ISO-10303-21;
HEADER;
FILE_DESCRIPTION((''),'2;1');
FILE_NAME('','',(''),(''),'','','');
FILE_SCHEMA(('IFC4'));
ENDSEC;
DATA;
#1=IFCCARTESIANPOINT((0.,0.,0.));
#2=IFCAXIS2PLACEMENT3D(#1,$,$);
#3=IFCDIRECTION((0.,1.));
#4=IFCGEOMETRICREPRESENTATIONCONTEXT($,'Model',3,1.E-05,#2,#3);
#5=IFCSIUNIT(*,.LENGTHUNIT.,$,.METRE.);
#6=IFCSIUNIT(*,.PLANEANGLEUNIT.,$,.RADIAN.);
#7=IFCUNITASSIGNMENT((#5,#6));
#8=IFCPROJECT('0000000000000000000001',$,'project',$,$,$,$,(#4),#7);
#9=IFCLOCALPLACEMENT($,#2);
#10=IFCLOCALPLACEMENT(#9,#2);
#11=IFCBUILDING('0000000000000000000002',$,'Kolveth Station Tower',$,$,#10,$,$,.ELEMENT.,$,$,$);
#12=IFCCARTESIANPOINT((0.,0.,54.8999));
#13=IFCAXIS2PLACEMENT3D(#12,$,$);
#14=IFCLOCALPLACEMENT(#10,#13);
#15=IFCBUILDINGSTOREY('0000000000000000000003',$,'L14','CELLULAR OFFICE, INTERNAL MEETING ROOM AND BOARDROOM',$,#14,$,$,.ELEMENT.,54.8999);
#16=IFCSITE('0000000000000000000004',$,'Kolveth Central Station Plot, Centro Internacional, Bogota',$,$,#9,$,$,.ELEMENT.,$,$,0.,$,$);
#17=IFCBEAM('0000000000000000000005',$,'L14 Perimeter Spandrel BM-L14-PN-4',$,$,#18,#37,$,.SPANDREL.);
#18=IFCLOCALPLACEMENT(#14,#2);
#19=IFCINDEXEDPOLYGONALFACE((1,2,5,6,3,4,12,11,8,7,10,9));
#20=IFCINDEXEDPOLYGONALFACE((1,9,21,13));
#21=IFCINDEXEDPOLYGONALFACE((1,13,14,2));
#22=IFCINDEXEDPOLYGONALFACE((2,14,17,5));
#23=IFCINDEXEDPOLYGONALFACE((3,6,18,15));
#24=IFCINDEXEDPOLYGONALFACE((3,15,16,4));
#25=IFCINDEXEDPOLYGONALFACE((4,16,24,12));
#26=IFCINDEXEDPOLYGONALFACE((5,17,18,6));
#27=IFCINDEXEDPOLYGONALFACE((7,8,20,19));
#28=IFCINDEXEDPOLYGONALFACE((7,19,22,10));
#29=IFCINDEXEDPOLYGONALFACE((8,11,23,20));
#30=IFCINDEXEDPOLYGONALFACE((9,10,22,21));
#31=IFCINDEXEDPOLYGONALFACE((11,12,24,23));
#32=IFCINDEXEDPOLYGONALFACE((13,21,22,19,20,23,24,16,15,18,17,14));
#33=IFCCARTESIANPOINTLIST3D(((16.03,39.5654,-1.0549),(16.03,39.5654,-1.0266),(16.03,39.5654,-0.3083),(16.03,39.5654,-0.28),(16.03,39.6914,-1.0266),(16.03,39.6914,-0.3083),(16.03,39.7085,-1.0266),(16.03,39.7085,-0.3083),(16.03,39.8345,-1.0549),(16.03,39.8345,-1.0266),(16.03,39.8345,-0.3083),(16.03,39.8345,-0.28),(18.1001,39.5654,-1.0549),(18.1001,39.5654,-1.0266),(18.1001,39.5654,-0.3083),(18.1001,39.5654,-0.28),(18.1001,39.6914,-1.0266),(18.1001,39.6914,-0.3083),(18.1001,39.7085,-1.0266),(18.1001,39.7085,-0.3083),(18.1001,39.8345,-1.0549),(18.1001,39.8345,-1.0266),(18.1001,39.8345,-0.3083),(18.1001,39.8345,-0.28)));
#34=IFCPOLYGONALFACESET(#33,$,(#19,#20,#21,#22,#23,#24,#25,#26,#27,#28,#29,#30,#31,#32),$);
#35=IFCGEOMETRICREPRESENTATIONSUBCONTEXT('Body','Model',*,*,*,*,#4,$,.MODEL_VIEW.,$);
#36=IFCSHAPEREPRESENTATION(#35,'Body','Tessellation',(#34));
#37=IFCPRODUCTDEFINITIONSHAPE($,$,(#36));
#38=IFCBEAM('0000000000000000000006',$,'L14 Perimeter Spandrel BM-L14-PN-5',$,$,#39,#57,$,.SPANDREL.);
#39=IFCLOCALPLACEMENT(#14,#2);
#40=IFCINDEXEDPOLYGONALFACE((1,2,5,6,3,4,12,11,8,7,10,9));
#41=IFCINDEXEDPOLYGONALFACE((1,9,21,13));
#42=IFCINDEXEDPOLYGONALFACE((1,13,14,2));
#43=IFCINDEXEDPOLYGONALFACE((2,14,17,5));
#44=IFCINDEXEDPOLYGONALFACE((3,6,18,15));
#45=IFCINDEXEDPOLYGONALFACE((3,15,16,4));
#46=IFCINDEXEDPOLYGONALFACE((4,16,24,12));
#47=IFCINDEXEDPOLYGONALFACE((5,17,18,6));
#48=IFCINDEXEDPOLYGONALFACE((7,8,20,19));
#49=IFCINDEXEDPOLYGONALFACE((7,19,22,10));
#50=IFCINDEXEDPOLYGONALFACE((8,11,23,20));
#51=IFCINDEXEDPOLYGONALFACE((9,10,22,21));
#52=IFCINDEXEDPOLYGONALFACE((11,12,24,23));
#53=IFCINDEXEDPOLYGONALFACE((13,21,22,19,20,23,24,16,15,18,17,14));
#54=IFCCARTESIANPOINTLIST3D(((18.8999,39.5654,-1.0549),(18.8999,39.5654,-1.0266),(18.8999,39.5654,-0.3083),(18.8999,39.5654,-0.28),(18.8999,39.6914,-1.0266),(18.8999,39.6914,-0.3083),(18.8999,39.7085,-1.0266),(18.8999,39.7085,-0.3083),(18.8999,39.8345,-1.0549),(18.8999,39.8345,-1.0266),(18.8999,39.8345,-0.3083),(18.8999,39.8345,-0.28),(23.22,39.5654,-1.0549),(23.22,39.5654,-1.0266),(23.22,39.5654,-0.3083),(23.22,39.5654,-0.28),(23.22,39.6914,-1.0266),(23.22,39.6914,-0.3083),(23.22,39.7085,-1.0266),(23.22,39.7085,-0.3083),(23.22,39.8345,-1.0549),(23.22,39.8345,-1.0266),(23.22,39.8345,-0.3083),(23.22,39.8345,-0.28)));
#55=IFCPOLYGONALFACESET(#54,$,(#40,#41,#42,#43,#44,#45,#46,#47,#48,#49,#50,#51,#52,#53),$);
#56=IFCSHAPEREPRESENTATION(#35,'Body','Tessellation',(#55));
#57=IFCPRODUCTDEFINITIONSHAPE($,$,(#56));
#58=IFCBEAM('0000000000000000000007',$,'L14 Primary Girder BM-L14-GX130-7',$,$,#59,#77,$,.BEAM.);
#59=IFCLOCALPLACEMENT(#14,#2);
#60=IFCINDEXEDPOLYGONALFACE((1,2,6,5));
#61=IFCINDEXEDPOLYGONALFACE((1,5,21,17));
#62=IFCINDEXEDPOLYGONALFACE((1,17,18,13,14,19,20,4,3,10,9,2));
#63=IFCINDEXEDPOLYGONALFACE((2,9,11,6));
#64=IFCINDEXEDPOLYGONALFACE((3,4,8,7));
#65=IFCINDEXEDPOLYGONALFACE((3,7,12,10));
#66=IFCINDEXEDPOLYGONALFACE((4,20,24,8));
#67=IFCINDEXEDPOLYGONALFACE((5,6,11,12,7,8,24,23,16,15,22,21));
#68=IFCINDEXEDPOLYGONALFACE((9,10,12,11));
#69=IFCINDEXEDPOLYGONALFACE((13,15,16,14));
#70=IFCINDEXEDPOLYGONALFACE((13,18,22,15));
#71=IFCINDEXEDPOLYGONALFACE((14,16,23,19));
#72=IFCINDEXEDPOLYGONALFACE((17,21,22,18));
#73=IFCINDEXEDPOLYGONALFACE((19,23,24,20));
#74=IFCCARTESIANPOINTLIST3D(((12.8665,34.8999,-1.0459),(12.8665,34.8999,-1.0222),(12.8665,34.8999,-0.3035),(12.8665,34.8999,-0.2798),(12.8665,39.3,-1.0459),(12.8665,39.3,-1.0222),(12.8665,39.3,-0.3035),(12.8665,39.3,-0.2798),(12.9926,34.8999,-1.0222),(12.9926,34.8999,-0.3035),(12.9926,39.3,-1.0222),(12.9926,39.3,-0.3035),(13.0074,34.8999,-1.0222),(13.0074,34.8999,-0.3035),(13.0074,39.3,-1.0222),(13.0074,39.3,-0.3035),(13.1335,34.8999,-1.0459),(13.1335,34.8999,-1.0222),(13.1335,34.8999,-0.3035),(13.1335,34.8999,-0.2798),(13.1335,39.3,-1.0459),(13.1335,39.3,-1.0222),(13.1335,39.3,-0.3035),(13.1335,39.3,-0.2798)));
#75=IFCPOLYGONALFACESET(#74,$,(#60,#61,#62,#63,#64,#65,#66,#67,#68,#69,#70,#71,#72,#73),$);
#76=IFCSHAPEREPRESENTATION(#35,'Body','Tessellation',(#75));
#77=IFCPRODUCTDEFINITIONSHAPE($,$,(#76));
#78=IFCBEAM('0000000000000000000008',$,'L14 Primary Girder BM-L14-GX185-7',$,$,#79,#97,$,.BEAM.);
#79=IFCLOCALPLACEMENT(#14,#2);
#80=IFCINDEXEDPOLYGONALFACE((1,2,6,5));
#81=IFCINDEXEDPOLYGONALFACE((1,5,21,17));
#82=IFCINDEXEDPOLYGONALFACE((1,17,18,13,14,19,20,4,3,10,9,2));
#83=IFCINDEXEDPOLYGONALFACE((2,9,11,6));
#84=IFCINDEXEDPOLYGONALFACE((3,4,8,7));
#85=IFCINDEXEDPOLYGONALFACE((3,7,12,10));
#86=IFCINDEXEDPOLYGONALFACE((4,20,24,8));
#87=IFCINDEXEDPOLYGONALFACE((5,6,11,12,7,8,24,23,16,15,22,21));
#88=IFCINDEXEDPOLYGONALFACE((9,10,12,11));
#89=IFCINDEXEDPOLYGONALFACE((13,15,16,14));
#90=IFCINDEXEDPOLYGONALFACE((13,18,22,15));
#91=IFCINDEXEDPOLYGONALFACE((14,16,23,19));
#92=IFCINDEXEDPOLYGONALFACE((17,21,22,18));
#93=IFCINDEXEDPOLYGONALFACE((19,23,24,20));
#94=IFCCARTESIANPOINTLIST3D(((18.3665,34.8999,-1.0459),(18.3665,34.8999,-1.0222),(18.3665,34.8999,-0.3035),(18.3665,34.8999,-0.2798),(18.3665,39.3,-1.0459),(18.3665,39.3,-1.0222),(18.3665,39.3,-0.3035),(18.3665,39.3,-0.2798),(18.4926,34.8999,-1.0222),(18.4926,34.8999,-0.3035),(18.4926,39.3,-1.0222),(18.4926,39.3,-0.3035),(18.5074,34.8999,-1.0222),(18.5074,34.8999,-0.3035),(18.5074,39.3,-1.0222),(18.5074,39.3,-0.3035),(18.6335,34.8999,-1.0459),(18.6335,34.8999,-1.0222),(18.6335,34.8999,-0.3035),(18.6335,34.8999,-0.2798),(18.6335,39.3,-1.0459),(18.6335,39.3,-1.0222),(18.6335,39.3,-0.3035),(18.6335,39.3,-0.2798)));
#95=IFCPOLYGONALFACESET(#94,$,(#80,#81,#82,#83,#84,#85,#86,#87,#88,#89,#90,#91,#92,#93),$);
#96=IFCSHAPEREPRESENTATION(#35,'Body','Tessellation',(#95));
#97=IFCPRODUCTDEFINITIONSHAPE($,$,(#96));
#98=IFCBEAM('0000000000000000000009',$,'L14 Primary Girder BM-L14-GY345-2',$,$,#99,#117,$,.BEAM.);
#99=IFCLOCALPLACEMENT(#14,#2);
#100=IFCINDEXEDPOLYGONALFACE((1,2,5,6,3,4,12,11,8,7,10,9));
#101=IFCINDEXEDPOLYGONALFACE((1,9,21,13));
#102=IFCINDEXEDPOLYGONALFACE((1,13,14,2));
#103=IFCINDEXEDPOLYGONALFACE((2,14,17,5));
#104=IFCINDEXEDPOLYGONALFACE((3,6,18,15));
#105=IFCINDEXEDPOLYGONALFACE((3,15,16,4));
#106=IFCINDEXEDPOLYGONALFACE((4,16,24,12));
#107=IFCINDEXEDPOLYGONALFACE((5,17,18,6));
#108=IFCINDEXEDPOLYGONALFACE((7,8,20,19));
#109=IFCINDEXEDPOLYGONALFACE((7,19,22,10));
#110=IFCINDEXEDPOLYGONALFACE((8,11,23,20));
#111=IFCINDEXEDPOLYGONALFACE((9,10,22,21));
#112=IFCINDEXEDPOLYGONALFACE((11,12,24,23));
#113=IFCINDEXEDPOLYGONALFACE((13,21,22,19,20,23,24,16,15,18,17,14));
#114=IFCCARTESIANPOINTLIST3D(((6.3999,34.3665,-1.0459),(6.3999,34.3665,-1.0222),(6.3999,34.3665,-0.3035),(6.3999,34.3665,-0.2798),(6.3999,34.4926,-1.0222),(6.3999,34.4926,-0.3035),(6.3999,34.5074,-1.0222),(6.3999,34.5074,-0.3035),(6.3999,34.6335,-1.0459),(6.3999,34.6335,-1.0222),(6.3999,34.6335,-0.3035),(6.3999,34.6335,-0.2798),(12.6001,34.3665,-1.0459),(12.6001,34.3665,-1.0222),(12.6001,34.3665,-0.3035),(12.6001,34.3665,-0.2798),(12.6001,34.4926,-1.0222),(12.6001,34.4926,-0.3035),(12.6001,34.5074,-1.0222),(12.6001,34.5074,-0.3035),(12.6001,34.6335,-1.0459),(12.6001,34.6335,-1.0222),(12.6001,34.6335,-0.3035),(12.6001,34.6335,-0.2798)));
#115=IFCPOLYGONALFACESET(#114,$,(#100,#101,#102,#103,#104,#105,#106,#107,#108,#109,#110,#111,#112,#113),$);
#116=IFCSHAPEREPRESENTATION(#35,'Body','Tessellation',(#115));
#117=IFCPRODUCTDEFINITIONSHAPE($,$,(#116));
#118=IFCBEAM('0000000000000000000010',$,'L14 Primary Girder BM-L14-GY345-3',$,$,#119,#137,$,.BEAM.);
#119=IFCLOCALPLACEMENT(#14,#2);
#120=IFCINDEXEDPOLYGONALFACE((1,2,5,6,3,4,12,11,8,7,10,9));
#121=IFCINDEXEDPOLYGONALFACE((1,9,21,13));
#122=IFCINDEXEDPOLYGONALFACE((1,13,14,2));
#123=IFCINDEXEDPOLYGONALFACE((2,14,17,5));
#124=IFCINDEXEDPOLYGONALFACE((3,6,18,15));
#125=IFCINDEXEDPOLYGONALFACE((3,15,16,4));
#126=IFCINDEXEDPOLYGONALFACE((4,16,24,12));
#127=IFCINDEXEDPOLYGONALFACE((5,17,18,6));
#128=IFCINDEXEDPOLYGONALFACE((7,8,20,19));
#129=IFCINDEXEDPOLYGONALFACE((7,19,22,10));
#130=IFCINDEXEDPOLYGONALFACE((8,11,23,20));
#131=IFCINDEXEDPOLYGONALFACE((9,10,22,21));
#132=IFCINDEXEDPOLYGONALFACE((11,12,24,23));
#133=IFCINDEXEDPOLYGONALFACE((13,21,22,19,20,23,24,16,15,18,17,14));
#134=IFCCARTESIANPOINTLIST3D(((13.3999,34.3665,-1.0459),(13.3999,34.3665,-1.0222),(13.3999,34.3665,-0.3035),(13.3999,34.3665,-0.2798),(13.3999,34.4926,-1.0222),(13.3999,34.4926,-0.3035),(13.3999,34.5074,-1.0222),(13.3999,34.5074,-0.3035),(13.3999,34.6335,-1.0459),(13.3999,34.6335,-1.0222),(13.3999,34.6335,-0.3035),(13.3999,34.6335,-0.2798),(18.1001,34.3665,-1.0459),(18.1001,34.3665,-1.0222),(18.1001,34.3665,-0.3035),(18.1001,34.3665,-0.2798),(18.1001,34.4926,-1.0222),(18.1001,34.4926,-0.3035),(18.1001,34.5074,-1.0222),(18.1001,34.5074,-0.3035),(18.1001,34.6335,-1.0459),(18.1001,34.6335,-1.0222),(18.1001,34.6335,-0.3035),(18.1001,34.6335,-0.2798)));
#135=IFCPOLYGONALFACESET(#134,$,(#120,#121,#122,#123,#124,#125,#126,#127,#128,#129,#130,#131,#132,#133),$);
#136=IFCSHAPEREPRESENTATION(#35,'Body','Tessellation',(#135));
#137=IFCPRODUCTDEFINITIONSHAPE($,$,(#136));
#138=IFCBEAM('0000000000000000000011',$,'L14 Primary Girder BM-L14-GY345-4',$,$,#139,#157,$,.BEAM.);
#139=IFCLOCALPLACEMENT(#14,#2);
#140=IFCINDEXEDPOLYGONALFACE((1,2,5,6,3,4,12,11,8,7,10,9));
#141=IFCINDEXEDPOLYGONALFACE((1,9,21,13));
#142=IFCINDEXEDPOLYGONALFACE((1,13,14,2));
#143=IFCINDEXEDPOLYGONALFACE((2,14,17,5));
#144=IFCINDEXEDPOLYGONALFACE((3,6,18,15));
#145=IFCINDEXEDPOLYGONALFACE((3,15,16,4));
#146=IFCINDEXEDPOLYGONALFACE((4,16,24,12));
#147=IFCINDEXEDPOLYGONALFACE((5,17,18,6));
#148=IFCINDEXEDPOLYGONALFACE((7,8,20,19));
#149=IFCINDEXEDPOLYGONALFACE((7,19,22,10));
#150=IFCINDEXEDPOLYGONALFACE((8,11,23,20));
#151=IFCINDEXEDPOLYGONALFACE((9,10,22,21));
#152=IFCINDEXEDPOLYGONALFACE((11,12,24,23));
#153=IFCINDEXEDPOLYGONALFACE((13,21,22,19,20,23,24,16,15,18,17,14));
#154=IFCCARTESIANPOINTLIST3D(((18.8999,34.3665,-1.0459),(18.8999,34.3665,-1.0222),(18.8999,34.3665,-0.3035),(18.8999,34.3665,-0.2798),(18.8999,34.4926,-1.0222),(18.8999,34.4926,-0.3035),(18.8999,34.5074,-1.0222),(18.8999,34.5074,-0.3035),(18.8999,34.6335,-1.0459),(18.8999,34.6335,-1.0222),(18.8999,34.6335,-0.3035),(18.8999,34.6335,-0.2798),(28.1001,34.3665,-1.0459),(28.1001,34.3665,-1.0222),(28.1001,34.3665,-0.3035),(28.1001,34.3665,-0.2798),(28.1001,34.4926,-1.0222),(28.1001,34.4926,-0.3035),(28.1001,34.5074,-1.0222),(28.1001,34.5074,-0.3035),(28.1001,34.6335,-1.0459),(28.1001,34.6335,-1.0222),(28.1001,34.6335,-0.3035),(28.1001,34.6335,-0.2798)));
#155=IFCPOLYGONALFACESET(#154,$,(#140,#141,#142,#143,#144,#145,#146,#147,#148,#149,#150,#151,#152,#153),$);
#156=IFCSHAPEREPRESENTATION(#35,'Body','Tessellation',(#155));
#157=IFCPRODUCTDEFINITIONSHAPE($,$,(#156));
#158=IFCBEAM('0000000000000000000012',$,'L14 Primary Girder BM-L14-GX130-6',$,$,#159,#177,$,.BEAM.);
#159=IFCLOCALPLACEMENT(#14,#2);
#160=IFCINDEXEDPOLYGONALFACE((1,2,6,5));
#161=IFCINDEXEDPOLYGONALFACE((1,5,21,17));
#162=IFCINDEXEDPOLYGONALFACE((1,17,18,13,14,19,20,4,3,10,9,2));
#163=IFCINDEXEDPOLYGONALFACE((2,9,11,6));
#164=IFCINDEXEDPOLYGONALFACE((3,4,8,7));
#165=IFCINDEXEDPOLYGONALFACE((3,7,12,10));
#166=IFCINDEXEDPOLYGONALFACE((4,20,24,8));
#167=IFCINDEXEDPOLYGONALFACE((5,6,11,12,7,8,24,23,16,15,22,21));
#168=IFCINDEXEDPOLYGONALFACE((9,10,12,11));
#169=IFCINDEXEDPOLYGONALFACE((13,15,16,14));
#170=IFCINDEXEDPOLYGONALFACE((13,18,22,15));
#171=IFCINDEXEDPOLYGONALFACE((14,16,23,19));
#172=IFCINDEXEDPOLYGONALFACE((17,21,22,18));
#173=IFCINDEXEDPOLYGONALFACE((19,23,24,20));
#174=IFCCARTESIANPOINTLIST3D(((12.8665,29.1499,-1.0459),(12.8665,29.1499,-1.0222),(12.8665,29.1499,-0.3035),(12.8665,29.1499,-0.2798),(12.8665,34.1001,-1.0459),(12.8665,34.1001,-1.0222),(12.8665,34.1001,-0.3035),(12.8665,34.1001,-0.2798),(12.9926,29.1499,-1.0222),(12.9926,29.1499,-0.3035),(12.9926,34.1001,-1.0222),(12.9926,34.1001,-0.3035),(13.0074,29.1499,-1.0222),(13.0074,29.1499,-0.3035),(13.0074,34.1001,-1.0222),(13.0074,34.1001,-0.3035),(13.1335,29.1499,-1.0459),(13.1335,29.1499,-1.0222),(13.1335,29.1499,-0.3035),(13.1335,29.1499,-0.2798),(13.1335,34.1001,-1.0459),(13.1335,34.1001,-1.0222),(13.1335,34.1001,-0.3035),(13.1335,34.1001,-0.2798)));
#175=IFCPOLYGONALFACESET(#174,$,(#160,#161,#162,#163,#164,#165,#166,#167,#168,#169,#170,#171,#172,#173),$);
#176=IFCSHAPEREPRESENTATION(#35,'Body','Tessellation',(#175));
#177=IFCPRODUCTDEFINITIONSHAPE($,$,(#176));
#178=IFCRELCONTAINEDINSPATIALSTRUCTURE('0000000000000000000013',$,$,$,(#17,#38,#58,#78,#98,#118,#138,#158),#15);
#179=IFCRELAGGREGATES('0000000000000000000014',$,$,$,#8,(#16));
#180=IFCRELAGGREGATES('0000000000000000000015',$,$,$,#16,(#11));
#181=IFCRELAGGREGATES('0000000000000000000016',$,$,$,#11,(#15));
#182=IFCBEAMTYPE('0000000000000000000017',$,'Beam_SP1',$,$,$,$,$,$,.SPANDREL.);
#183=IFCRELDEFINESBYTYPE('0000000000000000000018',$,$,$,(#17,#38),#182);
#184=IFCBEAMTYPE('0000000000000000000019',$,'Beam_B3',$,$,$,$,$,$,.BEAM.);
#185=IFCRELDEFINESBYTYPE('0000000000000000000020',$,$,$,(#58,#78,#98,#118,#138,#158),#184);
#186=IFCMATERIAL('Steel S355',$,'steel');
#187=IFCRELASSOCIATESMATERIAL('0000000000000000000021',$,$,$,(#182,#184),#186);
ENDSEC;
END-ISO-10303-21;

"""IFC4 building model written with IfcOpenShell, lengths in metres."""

from ifc_helpers import new_model, si_unit, direction, frame, origin, origin_2d, place, context, subcontext, project, spatial, i_section, extrude, source, transform, mapped, material, material_profile, profile_set, type_object, element, save


model = new_model("IFC4")

# Units and contexts
model_context = context("Model", 3, precision=1e-05, world=origin(), true_north=direction((0.0, 1.0)))
body_context = subcontext(model_context, "Body", "Model", "MODEL_VIEW")
ifc_project = project(units=[si_unit("LENGTHUNIT", "METRE"), si_unit("PLANEANGLEUNIT", "RADIAN")], contexts=[model_context])

# Site, building, storey
site_placement = place(None, origin())
site = spatial("IfcSite", under=ifc_project, at=site_placement, Name="Kolveth Central Station Plot, Centro Internacional, Bogota", CompositionType="ELEMENT", RefElevation=0.0)
building_placement = place(site_placement, origin())
building = spatial("IfcBuilding", under=site, at=building_placement, Name="Kolveth Station Tower", CompositionType="ELEMENT")
storey_placement = place(building_placement, frame((0.0, 0.0, 54.8999)))
storey = spatial("IfcBuildingStorey", under=building, at=storey_placement, Name="L14", Description="CELLULAR OFFICE, INTERNAL MEETING ROOM AND BOARDROOM", CompositionType="ELEMENT", Elevation=54.8999)

# Shared definitions
ifc_material_1 = material(Name="Steel S355", Category="steel")

# Beams
ifc_material_profile_1 = material_profile(ifc_material_1, i_section(OverallWidth=0.269, OverallDepth=0.7749, WebThickness=0.0171, FlangeThickness=0.0283, at=origin_2d()), Name="W760x220")
ifc_profile_set_1 = profile_set([ifc_material_profile_1], Name="Steel S355")
beam_type_1 = type_object("IfcBeamType", Name="Beam_SP1", PredefinedType="SPANDREL", material=ifc_profile_set_1)
shared_shape_1 = source(origin(), body_context, "Body", "SweptSolid", [
    extrude(i_section(OverallWidth=0.269, OverallDepth=0.7749, WebThickness=0.0171, FlangeThickness=0.0283, at=origin_2d()), origin(), (0.0, 0.0, 1.0), 2.0701),
])
for number, where, z_axis, x_axis, name in (
    (1, (16.03, 39.7, -0.6675), (1.0, 0.0, 0.0), (0.0, 1.0, 0.0), "L14 Perimeter Spandrel BM-L14-PN-4"),
):
    element("IfcBeam", number, at=place(storey_placement, frame(where, z_axis=z_axis, x_axis=x_axis)), inside=storey, type_object=beam_type_1, Name=name, PredefinedType="SPANDREL", context=body_context, shape_type="MappedRepresentation", body=[
        mapped(shared_shape_1, transform((0.0, 0.0, 0.0), x_axis=(1.0, 0.0, 0.0), y_axis=(0.0, 1.0, 0.0), z_axis=(0.0, 0.0, 1.0), scale=1.0)),
    ])
shared_shape_2 = source(origin(), body_context, "Body", "SweptSolid", [
    extrude(i_section(OverallWidth=0.269, OverallDepth=0.7749, WebThickness=0.0171, FlangeThickness=0.0283, at=origin_2d()), origin(), (0.0, 0.0, 1.0), 4.3201),
])
beam_1_placement = place(storey_placement, frame((18.8999, 39.7, -0.6675), z_axis=(1.0, 0.0, 0.0), x_axis=(0.0, 1.0, 0.0)))
element("IfcBeam", 2, at=beam_1_placement, inside=storey, type_object=beam_type_1, Name="L14 Perimeter Spandrel BM-L14-PN-5", PredefinedType="SPANDREL", context=body_context, shape_type="MappedRepresentation", body=[
    mapped(shared_shape_2, transform((0.0, 0.0, 0.0), x_axis=(1.0, 0.0, 0.0), y_axis=(0.0, 1.0, 0.0), z_axis=(0.0, 0.0, 1.0), scale=1.0)),
])
ifc_material_profile_2 = material_profile(ifc_material_1, i_section(OverallWidth=0.2671, OverallDepth=0.7661, WebThickness=0.0149, FlangeThickness=0.0237, at=origin_2d()), Name="W760x185")
ifc_profile_set_2 = profile_set([ifc_material_profile_2], Name="Steel S355")
beam_type_2 = type_object("IfcBeamType", Name="Beam_B3", PredefinedType="BEAM", material=ifc_profile_set_2)
shared_shape_3 = source(origin(), body_context, "Body", "SweptSolid", [
    extrude(i_section(OverallWidth=0.2671, OverallDepth=0.7661, WebThickness=0.0149, FlangeThickness=0.0237, at=origin_2d()), origin(), (0.0, 0.0, 1.0), 4.4001),
])
for number, where, z_axis, x_axis, name in (
    (3, (13.0, 34.8999, -0.6628), (0.0, 1.0, 0.0), (-1.0, 0.0, 0.0), "L14 Primary Girder BM-L14-GX130-7"),
    (4, (18.5, 34.8999, -0.6628), (0.0, 1.0, 0.0), (-1.0, 0.0, 0.0), "L14 Primary Girder BM-L14-GX185-7"),
):
    element("IfcBeam", number, at=place(storey_placement, frame(where, z_axis=z_axis, x_axis=x_axis)), inside=storey, type_object=beam_type_2, Name=name, PredefinedType="BEAM", context=body_context, shape_type="MappedRepresentation", body=[
        mapped(shared_shape_3, transform((0.0, 0.0, 0.0), x_axis=(1.0, 0.0, 0.0), y_axis=(0.0, 1.0, 0.0), z_axis=(0.0, 0.0, 1.0), scale=1.0)),
    ])
shared_shape_4 = source(origin(), body_context, "Body", "SweptSolid", [
    extrude(i_section(OverallWidth=0.2671, OverallDepth=0.7661, WebThickness=0.0149, FlangeThickness=0.0237, at=origin_2d()), origin(), (0.0, 0.0, 1.0), 6.2002),
])
beam_2_placement = place(storey_placement, frame((6.3999, 34.5, -0.6628), z_axis=(1.0, 0.0, 0.0), x_axis=(0.0, 1.0, 0.0)))
element("IfcBeam", 5, at=beam_2_placement, inside=storey, type_object=beam_type_2, Name="L14 Primary Girder BM-L14-GY345-2", PredefinedType="BEAM", context=body_context, shape_type="MappedRepresentation", body=[
    mapped(shared_shape_4, transform((0.0, 0.0, 0.0), x_axis=(1.0, 0.0, 0.0), y_axis=(0.0, 1.0, 0.0), z_axis=(0.0, 0.0, 1.0), scale=1.0)),
])
shared_shape_5 = source(origin(), body_context, "Body", "SweptSolid", [
    extrude(i_section(OverallWidth=0.2671, OverallDepth=0.7661, WebThickness=0.0149, FlangeThickness=0.0237, at=origin_2d()), origin(), (0.0, 0.0, 1.0), 4.7002),
])
beam_3_placement = place(storey_placement, frame((13.3999, 34.5, -0.6628), z_axis=(1.0, 0.0, 0.0), x_axis=(0.0, 1.0, 0.0)))
element("IfcBeam", 6, at=beam_3_placement, inside=storey, type_object=beam_type_2, Name="L14 Primary Girder BM-L14-GY345-3", PredefinedType="BEAM", context=body_context, shape_type="MappedRepresentation", body=[
    mapped(shared_shape_5, transform((0.0, 0.0, 0.0), x_axis=(1.0, 0.0, 0.0), y_axis=(0.0, 1.0, 0.0), z_axis=(0.0, 0.0, 1.0), scale=1.0)),
])
shared_shape_6 = source(origin(), body_context, "Body", "SweptSolid", [
    extrude(i_section(OverallWidth=0.2671, OverallDepth=0.7661, WebThickness=0.0149, FlangeThickness=0.0237, at=origin_2d()), origin(), (0.0, 0.0, 1.0), 9.2002),
])
beam_4_placement = place(storey_placement, frame((18.8999, 34.5, -0.6628), z_axis=(1.0, 0.0, 0.0), x_axis=(0.0, 1.0, 0.0)))
element("IfcBeam", 7, at=beam_4_placement, inside=storey, type_object=beam_type_2, Name="L14 Primary Girder BM-L14-GY345-4", PredefinedType="BEAM", context=body_context, shape_type="MappedRepresentation", body=[
    mapped(shared_shape_6, transform((0.0, 0.0, 0.0), x_axis=(1.0, 0.0, 0.0), y_axis=(0.0, 1.0, 0.0), z_axis=(0.0, 0.0, 1.0), scale=1.0)),
])
shared_shape_7 = source(origin(), body_context, "Body", "SweptSolid", [
    extrude(i_section(OverallWidth=0.2671, OverallDepth=0.7661, WebThickness=0.0149, FlangeThickness=0.0237, at=origin_2d()), origin(), (0.0, 0.0, 1.0), 4.9502),
])
beam_5_placement = place(storey_placement, frame((13.0, 29.1499, -0.6628), z_axis=(0.0, 1.0, 0.0), x_axis=(-1.0, 0.0, 0.0)))
element("IfcBeam", 8, at=beam_5_placement, inside=storey, type_object=beam_type_2, Name="L14 Primary Girder BM-L14-GX130-6", PredefinedType="BEAM", context=body_context, shape_type="MappedRepresentation", body=[
    mapped(shared_shape_7, transform((0.0, 0.0, 0.0), x_axis=(1.0, 0.0, 0.0), y_axis=(0.0, 1.0, 0.0), z_axis=(0.0, 0.0, 1.0), scale=1.0)),
])

save(model, "model.ifc")
